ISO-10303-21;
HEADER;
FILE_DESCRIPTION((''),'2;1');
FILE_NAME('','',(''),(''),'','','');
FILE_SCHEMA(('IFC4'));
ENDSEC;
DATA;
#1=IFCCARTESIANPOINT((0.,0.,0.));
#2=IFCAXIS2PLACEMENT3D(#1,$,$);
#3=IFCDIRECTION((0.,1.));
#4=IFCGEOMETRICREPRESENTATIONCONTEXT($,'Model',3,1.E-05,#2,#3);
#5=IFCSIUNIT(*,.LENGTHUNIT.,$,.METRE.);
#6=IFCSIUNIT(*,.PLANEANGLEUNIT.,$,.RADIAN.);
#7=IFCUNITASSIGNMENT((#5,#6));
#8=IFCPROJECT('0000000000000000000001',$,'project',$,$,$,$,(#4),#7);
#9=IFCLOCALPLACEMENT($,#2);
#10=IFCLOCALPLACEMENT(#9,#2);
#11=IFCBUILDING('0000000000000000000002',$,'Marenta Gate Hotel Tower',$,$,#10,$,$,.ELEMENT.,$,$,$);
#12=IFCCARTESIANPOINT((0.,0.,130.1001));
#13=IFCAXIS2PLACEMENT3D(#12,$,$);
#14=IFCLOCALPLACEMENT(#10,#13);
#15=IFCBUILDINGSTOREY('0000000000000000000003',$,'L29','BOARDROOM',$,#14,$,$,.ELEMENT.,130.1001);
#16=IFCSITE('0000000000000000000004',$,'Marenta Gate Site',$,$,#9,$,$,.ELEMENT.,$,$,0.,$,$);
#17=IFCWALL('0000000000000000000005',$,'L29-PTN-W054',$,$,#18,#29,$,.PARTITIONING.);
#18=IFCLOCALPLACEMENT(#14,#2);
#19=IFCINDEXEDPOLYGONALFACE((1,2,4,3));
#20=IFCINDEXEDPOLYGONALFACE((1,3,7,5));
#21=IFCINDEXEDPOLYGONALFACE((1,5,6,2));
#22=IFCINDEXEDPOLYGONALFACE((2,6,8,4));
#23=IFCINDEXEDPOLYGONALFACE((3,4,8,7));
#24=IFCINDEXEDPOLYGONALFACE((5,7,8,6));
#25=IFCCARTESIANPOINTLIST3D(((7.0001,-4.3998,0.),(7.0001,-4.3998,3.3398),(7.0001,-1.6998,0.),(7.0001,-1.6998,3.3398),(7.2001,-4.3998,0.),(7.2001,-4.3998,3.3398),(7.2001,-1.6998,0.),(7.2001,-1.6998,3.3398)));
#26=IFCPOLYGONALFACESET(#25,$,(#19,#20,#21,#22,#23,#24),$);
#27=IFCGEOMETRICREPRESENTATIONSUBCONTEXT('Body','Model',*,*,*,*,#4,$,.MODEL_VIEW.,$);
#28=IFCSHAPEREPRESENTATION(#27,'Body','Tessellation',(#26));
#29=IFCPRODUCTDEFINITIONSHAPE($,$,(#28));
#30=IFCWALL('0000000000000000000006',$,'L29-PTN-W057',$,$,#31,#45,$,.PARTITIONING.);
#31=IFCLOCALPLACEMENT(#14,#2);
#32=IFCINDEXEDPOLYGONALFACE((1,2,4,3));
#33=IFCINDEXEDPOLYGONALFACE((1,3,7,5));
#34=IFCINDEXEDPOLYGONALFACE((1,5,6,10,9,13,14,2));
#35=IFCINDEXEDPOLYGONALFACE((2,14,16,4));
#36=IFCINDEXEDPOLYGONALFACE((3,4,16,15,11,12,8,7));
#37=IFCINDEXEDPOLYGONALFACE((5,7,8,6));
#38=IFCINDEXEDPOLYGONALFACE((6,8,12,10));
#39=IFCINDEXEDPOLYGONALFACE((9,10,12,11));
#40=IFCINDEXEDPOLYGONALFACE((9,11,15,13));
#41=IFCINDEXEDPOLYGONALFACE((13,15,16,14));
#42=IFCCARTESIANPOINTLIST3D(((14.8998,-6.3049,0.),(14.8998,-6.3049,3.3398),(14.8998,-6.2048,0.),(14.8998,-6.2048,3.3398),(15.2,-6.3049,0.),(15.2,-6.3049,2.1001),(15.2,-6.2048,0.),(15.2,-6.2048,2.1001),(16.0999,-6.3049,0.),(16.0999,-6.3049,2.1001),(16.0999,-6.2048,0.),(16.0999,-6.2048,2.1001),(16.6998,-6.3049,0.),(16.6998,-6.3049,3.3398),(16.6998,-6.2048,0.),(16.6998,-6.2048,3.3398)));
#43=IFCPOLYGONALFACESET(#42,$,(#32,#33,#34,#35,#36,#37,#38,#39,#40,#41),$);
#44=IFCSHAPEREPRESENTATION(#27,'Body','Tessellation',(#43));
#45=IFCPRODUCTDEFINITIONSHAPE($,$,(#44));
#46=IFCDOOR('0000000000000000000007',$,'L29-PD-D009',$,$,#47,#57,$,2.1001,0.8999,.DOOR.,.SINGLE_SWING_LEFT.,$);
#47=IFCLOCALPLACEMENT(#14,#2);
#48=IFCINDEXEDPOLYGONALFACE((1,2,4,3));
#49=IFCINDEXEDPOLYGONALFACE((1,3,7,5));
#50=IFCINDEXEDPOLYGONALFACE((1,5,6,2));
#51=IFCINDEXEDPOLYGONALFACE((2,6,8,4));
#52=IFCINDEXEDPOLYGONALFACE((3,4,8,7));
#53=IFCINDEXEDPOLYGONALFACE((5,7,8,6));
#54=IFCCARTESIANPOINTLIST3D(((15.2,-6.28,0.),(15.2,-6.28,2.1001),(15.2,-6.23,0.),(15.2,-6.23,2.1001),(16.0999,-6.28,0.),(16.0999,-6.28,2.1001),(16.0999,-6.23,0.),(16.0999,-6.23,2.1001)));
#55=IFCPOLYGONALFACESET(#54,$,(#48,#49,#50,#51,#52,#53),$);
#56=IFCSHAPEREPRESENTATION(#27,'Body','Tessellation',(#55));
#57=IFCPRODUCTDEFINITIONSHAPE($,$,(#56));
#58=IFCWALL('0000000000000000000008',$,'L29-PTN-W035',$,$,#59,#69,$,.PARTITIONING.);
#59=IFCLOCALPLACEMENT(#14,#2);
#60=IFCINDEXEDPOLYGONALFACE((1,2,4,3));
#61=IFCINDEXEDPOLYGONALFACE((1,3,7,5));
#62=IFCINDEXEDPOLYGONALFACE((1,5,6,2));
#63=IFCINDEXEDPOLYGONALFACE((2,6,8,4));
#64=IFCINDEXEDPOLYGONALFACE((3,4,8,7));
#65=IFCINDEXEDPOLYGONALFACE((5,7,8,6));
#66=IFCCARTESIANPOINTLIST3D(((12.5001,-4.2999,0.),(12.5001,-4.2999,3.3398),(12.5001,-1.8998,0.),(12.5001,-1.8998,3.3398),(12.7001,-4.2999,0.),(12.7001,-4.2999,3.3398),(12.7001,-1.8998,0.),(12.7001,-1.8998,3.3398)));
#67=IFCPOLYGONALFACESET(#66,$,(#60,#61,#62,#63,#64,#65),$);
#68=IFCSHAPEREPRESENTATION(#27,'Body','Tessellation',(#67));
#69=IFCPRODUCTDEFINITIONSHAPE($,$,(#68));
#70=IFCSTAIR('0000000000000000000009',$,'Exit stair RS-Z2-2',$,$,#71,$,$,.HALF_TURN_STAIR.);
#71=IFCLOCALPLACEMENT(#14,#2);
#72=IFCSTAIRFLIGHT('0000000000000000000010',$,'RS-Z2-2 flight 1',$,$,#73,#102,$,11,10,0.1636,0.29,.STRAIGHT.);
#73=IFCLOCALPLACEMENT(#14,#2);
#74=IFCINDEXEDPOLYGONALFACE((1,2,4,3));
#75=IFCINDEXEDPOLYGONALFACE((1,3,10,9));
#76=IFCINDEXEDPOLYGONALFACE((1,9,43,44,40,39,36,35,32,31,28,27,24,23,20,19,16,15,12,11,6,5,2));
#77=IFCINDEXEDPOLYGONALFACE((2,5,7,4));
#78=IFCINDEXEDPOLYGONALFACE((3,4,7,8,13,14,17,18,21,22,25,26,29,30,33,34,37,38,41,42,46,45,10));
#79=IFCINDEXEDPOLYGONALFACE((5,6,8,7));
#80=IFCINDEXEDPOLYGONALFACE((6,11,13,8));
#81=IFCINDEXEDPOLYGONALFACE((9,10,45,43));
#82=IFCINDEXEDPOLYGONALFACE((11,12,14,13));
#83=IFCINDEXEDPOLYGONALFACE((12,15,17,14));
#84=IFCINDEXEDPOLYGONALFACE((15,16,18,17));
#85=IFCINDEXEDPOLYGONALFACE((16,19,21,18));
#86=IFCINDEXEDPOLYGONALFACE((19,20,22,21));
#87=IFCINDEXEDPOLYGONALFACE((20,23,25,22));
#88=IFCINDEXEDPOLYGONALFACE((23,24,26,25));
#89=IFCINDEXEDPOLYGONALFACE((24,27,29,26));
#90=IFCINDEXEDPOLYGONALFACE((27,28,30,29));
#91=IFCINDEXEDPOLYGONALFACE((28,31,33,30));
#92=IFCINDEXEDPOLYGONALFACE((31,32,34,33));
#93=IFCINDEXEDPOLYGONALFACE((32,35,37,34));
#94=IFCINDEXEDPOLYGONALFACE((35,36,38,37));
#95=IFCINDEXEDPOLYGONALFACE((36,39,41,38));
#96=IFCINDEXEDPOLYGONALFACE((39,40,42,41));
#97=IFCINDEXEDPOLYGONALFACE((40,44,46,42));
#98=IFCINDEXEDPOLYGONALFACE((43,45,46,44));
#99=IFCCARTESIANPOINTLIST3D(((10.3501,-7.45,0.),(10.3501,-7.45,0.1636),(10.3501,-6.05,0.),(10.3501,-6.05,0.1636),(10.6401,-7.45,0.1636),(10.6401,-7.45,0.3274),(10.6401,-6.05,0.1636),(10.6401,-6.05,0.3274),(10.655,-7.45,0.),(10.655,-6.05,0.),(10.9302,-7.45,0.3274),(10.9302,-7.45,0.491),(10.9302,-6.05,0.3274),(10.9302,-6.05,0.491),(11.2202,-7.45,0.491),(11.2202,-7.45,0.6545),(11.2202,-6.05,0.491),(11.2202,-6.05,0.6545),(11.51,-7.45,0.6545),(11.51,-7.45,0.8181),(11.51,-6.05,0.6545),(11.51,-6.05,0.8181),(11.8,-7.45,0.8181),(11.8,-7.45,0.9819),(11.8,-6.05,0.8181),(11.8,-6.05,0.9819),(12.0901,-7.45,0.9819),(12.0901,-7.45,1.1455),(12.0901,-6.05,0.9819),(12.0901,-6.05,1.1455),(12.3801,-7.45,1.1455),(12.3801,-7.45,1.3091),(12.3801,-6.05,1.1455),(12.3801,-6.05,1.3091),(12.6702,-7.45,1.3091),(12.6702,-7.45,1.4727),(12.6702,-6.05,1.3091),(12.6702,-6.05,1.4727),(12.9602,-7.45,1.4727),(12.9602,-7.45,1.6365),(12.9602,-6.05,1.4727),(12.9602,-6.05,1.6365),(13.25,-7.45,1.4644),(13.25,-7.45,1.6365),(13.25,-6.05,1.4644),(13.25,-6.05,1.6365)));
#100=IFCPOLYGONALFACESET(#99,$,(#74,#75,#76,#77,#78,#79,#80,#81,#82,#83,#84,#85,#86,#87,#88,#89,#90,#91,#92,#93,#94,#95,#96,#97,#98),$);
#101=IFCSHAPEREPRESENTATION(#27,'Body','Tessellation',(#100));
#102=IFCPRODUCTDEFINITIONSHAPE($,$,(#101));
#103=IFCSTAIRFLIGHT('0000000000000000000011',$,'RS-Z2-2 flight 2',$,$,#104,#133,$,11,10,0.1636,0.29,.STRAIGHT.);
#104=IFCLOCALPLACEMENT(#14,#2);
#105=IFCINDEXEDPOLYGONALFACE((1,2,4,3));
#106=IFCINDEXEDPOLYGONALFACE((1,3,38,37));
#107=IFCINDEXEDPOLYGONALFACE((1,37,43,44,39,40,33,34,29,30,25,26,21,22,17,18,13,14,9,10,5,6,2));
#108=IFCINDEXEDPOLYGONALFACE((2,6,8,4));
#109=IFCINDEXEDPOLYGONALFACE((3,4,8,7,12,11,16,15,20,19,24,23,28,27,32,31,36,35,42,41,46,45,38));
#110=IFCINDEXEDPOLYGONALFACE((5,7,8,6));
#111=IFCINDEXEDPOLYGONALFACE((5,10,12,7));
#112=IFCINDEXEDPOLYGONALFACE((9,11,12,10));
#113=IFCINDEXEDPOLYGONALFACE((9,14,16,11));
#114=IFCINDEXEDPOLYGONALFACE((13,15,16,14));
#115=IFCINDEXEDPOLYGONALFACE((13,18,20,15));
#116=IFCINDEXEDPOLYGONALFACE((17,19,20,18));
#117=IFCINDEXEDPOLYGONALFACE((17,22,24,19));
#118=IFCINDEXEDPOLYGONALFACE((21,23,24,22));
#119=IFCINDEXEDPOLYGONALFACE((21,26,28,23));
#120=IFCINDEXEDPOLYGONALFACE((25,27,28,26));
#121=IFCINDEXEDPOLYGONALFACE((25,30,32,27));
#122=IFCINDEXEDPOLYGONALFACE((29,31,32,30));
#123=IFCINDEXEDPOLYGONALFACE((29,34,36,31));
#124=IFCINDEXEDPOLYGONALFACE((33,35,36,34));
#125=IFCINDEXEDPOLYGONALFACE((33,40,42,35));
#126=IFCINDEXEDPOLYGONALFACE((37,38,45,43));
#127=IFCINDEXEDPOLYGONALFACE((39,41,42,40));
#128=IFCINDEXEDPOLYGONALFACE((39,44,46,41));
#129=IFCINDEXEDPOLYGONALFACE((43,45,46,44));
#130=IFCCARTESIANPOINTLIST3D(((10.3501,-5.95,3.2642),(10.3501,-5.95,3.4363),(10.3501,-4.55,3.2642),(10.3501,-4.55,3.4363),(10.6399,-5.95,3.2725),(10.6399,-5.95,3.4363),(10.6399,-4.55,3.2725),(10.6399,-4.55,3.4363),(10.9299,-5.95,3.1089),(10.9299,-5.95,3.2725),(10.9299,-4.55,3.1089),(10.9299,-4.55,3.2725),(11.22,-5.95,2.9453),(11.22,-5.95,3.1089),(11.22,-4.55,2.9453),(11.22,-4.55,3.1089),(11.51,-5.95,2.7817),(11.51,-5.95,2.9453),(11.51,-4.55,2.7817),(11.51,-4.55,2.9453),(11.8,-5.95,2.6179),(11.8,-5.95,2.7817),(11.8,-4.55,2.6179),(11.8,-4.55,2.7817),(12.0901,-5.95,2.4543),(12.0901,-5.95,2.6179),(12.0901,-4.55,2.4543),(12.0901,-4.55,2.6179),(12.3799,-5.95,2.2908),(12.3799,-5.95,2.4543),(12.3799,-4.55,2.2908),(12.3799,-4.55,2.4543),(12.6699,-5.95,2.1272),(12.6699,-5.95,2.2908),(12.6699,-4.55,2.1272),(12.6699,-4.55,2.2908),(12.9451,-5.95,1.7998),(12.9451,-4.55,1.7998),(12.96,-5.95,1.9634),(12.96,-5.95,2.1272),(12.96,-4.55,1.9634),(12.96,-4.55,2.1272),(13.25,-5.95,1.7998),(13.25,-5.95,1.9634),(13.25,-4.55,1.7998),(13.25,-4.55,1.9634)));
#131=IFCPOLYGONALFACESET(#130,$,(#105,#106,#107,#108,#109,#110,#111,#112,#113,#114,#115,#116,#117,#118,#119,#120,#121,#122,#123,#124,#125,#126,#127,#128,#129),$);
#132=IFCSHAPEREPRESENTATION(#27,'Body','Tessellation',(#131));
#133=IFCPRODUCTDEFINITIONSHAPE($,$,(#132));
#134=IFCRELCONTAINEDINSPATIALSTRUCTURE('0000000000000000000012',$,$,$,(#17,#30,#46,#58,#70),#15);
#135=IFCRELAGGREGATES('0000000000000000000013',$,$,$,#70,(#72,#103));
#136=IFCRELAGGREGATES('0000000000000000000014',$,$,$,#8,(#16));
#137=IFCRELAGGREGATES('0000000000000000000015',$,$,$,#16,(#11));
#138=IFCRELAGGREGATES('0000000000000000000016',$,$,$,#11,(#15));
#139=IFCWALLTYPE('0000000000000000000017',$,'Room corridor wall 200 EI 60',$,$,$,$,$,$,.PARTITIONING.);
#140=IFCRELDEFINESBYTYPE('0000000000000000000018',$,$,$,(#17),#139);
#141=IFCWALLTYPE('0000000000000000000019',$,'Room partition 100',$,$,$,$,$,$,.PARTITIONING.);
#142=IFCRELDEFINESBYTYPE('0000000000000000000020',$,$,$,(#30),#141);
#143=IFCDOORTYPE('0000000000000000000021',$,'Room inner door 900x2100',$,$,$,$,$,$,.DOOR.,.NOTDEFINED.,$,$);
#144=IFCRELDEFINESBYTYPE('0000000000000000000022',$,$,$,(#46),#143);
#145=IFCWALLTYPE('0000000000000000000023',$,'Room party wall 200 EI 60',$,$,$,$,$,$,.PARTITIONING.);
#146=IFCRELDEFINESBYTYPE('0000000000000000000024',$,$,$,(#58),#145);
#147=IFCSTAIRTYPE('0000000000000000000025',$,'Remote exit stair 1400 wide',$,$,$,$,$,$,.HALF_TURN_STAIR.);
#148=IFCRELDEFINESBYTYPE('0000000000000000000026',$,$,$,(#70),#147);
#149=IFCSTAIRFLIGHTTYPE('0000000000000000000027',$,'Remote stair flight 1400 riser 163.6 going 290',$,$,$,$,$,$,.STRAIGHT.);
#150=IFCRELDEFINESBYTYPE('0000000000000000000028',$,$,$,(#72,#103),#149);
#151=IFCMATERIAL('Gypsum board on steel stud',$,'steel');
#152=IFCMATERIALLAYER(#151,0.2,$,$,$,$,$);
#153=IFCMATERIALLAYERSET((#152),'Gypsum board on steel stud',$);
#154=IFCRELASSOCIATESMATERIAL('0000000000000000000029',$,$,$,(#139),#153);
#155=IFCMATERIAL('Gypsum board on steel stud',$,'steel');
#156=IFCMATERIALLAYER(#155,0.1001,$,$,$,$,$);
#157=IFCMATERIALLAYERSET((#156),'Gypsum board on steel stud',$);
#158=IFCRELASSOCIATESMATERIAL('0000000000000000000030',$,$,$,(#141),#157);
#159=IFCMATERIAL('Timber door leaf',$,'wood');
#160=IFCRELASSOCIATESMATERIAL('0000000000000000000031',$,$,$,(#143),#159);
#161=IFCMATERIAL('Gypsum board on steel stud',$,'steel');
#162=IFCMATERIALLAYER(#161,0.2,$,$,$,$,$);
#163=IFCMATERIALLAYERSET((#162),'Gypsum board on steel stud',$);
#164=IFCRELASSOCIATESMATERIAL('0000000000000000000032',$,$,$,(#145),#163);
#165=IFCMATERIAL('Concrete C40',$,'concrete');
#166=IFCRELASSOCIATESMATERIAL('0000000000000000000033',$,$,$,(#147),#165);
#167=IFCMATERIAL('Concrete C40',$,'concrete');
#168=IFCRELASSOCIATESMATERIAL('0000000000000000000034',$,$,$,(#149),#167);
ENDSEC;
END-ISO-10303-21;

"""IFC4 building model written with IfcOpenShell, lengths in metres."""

from ifc_helpers import new_model, si_unit, direction, frame, frame_2d, origin, place, context, subcontext, project, spatial, polyline, rectangle, outline, extrude, material, layer, layer_set, type_object, element, fill, aggregate, save


model = new_model("IFC4")

# Units and contexts
model_context = context("Model", 3, precision=1e-05, world=origin(), true_north=direction((0.0, 1.0)))
body_context = subcontext(model_context, "Body", "Model", "MODEL_VIEW")
ifc_project = project(units=[si_unit("LENGTHUNIT", "METRE"), si_unit("PLANEANGLEUNIT", "RADIAN")], contexts=[model_context])

# Site, building, storey
site_placement = place(None, origin())
site = spatial("IfcSite", under=ifc_project, at=site_placement, Name="Marenta Gate Site", CompositionType="ELEMENT", RefElevation=0.0)
building_placement = place(site_placement, origin())
building = spatial("IfcBuilding", under=site, at=building_placement, Name="Marenta Gate Hotel Tower", CompositionType="ELEMENT")
storey_placement = place(building_placement, frame((0.0, 0.0, 130.1001)))
storey = spatial("IfcBuildingStorey", under=building, at=storey_placement, Name="L29", Description="BOARDROOM", CompositionType="ELEMENT", Elevation=130.1001)

# Shared definitions
ifc_material_1 = material(Name="Gypsum board on steel stud", Category="steel")
ifc_layer_1 = layer(ifc_material_1, 0.2)
ifc_layer_set_1 = layer_set([ifc_layer_1], Name="Gypsum board on steel stud")
wall_type_1 = type_object("IfcWallType", Name="Room corridor wall 200 EI 60", PredefinedType="PARTITIONING", material=ifc_layer_set_1)

# Wall
wall_1_placement = place(storey_placement, frame((7.1001, -4.3999, 0.0), z_axis=(0.0, 0.0, 1.0), x_axis=(0.0, 1.0, 0.0)))
element("IfcWall", 1, at=wall_1_placement, inside=storey, type_object=wall_type_1, Name="L29-PTN-W054", PredefinedType="PARTITIONING", context=body_context, shape_type="SweptSolid", body=[
    extrude(rectangle(XDim=2.7, YDim=0.2, at=frame_2d((1.3501, 0.0))), origin(), (0.0, 0.0, 1.0), 3.3398),
])

# Wall, opening, door
ifc_material_2 = material(Name="Gypsum board on steel stud", Category="steel")
ifc_layer_2 = layer(ifc_material_2, 0.1001)
ifc_layer_set_2 = layer_set([ifc_layer_2], Name="Gypsum board on steel stud")
wall_type_2 = type_object("IfcWallType", Name="Room partition 100", PredefinedType="PARTITIONING", material=ifc_layer_set_2)
wall_2_placement = place(storey_placement, frame((14.8999, -6.2549, 0.0), z_axis=(0.0, 0.0, 1.0), x_axis=(1.0, 0.0, 0.0)))
wall_2 = element("IfcWall", 2, at=wall_2_placement, inside=storey, type_object=wall_type_2, Name="L29-PTN-W057", PredefinedType="PARTITIONING", context=body_context, shape_type="SweptSolid", body=[
    extrude(rectangle(XDim=1.8, YDim=0.1001, at=frame_2d((0.8999, 0.0))), origin(), (0.0, 0.0, 1.0), 3.3398),
])
opening_1_placement = place(wall_2_placement, frame((0.3, 0.0, 0.0)))
opening_1 = element("IfcOpeningElement", 3, at=opening_1_placement, cuts=wall_2, PredefinedType="OPENING", context=body_context, shape_type="SweptSolid", body=[
    extrude(rectangle(XDim=0.8999, YDim=2.1001, at=frame_2d((0.45, 1.05))), frame((0.0, 0.05, 0.0), z_axis=(0.0, -1.0, 0.0), x_axis=(1.0, 0.0, 0.0)), (0.0, 0.0, 1.0), 0.1001),
])
ifc_material_3 = material(Name="Timber door leaf", Category="wood")
door_type_1 = type_object("IfcDoorType", Name="Room inner door 900x2100", OperationType="NOTDEFINED", PredefinedType="DOOR", material=ifc_material_3)
door_1_placement = place(opening_1_placement, origin())
door_1 = element("IfcDoor", 4, at=door_1_placement, inside=storey, type_object=door_type_1, Name="L29-PD-D009", OperationType="SINGLE_SWING_LEFT", OverallHeight=2.1001, OverallWidth=0.8999, PredefinedType="DOOR", context=body_context, shape_type="SweptSolid", body=[
    extrude(rectangle(XDim=0.8999, YDim=2.1001, at=frame_2d((0.45, 1.05))), frame((0.0, 0.0249, 0.0), z_axis=(0.0, -1.0, 0.0), x_axis=(1.0, 0.0, 0.0)), (0.0, 0.0, 1.0), 0.05),
])
fill(opening_1, door_1)

# Wall
ifc_material_4 = material(Name="Gypsum board on steel stud", Category="steel")
ifc_layer_3 = layer(ifc_material_4, 0.2)
ifc_layer_set_3 = layer_set([ifc_layer_3], Name="Gypsum board on steel stud")
wall_type_3 = type_object("IfcWallType", Name="Room party wall 200 EI 60", PredefinedType="PARTITIONING", material=ifc_layer_set_3)
wall_3_placement = place(storey_placement, frame((12.6001, -4.3, 0.0), z_axis=(0.0, 0.0, 1.0), x_axis=(0.0, 1.0, 0.0)))
element("IfcWall", 5, at=wall_3_placement, inside=storey, type_object=wall_type_3, Name="L29-PTN-W035", PredefinedType="PARTITIONING", context=body_context, shape_type="SweptSolid", body=[
    extrude(rectangle(XDim=2.4001, YDim=0.2, at=frame_2d((1.2002, 0.0))), origin(), (0.0, 0.0, 1.0), 3.3398),
])

# Stair, stair flights
ifc_material_5 = material(Name="Concrete C40", Category="concrete")
stair_type_1 = type_object("IfcStairType", Name="Remote exit stair 1400 wide", PredefinedType="HALF_TURN_STAIR", material=ifc_material_5)
stair_1_placement = place(storey_placement, origin())
stair_1 = element("IfcStair", 6, at=stair_1_placement, inside=storey, type_object=stair_type_1, Name="Exit stair RS-Z2-2", PredefinedType="HALF_TURN_STAIR")
ifc_material_6 = material(Name="Concrete C40", Category="concrete")
stair_flight_type = type_object("IfcStairFlightType", Name="Remote stair flight 1400 riser 163.6 going 290", PredefinedType="STRAIGHT", material=ifc_material_6)
stair_flight_1_placement = place(storey_placement, frame((10.3501, -6.75, 0.0), z_axis=(0.0, 0.0, 1.0), x_axis=(1.0, 0.0, 0.0)))
stair_flight_1 = element("IfcStairFlight", 7, at=stair_flight_1_placement, type_object=stair_flight_type, Name="RS-Z2-2 flight 1", NumberOfRisers=11, NumberOfTreads=10, PredefinedType="STRAIGHT", RiserHeight=0.1636, TreadLength=0.29, context=body_context, shape_type="SweptSolid", body=[
    extrude(outline(polyline([(0.0, 0.0), (0.0, 0.1636), (0.29, 0.1636), (0.29, 0.3274), (0.5801, 0.3274), (0.5801, 0.491), (0.8701, 0.491), (0.8701, 0.6545), (1.1599, 0.6545), (1.1599, 0.8181), (1.45, 0.8181), (1.45, 0.9819), (1.74, 0.9819), (1.74, 1.1455), (2.03, 1.1455), (2.03, 1.3091), (2.3201, 1.3091), (2.3201, 1.4727), (2.6101, 1.4727), (2.6101, 1.6365), (2.8999, 1.6365), (2.8999, 1.8), (2.8999, 1.4644), (0.3049, 0.0), (0.0, 0.0)])), frame((0.0, 0.7, 0.0), z_axis=(0.0, -1.0, 0.0), x_axis=(1.0, 0.0, 0.0)), (0.0, 0.0, 1.0), 1.3999),
])
stair_flight_2_placement = place(storey_placement, frame((13.25, -5.25, 1.7998), z_axis=(0.0, 0.0, 1.0), x_axis=(-1.0, 0.0, 0.0)))
stair_flight_2 = element("IfcStairFlight", 8, at=stair_flight_2_placement, type_object=stair_flight_type, Name="RS-Z2-2 flight 2", NumberOfRisers=11, NumberOfTreads=10, PredefinedType="STRAIGHT", RiserHeight=0.1636, TreadLength=0.29, context=body_context, shape_type="SweptSolid", body=[
    extrude(outline(polyline([(0.0, 0.0), (0.0, 0.1636), (0.29, 0.1636), (0.29, 0.3274), (0.5801, 0.3274), (0.5801, 0.491), (0.8701, 0.491), (0.8701, 0.6545), (1.1599, 0.6545), (1.1599, 0.8181), (1.45, 0.8181), (1.45, 0.9819), (1.74, 0.9819), (1.74, 1.1455), (2.03, 1.1455), (2.03, 1.3091), (2.3201, 1.3091), (2.3201, 1.4727), (2.6101, 1.4727), (2.6101, 1.6365), (2.8999, 1.6365), (2.8999, 1.8), (2.8999, 1.4644), (0.3049, 0.0), (0.0, 0.0)])), frame((0.0, 0.7, 0.0), z_axis=(0.0, -1.0, 0.0), x_axis=(1.0, 0.0, 0.0)), (0.0, 0.0, 1.0), 1.3999),
])
aggregate(stair_1, [stair_flight_1, stair_flight_2])

save(model, "model.ifc")
